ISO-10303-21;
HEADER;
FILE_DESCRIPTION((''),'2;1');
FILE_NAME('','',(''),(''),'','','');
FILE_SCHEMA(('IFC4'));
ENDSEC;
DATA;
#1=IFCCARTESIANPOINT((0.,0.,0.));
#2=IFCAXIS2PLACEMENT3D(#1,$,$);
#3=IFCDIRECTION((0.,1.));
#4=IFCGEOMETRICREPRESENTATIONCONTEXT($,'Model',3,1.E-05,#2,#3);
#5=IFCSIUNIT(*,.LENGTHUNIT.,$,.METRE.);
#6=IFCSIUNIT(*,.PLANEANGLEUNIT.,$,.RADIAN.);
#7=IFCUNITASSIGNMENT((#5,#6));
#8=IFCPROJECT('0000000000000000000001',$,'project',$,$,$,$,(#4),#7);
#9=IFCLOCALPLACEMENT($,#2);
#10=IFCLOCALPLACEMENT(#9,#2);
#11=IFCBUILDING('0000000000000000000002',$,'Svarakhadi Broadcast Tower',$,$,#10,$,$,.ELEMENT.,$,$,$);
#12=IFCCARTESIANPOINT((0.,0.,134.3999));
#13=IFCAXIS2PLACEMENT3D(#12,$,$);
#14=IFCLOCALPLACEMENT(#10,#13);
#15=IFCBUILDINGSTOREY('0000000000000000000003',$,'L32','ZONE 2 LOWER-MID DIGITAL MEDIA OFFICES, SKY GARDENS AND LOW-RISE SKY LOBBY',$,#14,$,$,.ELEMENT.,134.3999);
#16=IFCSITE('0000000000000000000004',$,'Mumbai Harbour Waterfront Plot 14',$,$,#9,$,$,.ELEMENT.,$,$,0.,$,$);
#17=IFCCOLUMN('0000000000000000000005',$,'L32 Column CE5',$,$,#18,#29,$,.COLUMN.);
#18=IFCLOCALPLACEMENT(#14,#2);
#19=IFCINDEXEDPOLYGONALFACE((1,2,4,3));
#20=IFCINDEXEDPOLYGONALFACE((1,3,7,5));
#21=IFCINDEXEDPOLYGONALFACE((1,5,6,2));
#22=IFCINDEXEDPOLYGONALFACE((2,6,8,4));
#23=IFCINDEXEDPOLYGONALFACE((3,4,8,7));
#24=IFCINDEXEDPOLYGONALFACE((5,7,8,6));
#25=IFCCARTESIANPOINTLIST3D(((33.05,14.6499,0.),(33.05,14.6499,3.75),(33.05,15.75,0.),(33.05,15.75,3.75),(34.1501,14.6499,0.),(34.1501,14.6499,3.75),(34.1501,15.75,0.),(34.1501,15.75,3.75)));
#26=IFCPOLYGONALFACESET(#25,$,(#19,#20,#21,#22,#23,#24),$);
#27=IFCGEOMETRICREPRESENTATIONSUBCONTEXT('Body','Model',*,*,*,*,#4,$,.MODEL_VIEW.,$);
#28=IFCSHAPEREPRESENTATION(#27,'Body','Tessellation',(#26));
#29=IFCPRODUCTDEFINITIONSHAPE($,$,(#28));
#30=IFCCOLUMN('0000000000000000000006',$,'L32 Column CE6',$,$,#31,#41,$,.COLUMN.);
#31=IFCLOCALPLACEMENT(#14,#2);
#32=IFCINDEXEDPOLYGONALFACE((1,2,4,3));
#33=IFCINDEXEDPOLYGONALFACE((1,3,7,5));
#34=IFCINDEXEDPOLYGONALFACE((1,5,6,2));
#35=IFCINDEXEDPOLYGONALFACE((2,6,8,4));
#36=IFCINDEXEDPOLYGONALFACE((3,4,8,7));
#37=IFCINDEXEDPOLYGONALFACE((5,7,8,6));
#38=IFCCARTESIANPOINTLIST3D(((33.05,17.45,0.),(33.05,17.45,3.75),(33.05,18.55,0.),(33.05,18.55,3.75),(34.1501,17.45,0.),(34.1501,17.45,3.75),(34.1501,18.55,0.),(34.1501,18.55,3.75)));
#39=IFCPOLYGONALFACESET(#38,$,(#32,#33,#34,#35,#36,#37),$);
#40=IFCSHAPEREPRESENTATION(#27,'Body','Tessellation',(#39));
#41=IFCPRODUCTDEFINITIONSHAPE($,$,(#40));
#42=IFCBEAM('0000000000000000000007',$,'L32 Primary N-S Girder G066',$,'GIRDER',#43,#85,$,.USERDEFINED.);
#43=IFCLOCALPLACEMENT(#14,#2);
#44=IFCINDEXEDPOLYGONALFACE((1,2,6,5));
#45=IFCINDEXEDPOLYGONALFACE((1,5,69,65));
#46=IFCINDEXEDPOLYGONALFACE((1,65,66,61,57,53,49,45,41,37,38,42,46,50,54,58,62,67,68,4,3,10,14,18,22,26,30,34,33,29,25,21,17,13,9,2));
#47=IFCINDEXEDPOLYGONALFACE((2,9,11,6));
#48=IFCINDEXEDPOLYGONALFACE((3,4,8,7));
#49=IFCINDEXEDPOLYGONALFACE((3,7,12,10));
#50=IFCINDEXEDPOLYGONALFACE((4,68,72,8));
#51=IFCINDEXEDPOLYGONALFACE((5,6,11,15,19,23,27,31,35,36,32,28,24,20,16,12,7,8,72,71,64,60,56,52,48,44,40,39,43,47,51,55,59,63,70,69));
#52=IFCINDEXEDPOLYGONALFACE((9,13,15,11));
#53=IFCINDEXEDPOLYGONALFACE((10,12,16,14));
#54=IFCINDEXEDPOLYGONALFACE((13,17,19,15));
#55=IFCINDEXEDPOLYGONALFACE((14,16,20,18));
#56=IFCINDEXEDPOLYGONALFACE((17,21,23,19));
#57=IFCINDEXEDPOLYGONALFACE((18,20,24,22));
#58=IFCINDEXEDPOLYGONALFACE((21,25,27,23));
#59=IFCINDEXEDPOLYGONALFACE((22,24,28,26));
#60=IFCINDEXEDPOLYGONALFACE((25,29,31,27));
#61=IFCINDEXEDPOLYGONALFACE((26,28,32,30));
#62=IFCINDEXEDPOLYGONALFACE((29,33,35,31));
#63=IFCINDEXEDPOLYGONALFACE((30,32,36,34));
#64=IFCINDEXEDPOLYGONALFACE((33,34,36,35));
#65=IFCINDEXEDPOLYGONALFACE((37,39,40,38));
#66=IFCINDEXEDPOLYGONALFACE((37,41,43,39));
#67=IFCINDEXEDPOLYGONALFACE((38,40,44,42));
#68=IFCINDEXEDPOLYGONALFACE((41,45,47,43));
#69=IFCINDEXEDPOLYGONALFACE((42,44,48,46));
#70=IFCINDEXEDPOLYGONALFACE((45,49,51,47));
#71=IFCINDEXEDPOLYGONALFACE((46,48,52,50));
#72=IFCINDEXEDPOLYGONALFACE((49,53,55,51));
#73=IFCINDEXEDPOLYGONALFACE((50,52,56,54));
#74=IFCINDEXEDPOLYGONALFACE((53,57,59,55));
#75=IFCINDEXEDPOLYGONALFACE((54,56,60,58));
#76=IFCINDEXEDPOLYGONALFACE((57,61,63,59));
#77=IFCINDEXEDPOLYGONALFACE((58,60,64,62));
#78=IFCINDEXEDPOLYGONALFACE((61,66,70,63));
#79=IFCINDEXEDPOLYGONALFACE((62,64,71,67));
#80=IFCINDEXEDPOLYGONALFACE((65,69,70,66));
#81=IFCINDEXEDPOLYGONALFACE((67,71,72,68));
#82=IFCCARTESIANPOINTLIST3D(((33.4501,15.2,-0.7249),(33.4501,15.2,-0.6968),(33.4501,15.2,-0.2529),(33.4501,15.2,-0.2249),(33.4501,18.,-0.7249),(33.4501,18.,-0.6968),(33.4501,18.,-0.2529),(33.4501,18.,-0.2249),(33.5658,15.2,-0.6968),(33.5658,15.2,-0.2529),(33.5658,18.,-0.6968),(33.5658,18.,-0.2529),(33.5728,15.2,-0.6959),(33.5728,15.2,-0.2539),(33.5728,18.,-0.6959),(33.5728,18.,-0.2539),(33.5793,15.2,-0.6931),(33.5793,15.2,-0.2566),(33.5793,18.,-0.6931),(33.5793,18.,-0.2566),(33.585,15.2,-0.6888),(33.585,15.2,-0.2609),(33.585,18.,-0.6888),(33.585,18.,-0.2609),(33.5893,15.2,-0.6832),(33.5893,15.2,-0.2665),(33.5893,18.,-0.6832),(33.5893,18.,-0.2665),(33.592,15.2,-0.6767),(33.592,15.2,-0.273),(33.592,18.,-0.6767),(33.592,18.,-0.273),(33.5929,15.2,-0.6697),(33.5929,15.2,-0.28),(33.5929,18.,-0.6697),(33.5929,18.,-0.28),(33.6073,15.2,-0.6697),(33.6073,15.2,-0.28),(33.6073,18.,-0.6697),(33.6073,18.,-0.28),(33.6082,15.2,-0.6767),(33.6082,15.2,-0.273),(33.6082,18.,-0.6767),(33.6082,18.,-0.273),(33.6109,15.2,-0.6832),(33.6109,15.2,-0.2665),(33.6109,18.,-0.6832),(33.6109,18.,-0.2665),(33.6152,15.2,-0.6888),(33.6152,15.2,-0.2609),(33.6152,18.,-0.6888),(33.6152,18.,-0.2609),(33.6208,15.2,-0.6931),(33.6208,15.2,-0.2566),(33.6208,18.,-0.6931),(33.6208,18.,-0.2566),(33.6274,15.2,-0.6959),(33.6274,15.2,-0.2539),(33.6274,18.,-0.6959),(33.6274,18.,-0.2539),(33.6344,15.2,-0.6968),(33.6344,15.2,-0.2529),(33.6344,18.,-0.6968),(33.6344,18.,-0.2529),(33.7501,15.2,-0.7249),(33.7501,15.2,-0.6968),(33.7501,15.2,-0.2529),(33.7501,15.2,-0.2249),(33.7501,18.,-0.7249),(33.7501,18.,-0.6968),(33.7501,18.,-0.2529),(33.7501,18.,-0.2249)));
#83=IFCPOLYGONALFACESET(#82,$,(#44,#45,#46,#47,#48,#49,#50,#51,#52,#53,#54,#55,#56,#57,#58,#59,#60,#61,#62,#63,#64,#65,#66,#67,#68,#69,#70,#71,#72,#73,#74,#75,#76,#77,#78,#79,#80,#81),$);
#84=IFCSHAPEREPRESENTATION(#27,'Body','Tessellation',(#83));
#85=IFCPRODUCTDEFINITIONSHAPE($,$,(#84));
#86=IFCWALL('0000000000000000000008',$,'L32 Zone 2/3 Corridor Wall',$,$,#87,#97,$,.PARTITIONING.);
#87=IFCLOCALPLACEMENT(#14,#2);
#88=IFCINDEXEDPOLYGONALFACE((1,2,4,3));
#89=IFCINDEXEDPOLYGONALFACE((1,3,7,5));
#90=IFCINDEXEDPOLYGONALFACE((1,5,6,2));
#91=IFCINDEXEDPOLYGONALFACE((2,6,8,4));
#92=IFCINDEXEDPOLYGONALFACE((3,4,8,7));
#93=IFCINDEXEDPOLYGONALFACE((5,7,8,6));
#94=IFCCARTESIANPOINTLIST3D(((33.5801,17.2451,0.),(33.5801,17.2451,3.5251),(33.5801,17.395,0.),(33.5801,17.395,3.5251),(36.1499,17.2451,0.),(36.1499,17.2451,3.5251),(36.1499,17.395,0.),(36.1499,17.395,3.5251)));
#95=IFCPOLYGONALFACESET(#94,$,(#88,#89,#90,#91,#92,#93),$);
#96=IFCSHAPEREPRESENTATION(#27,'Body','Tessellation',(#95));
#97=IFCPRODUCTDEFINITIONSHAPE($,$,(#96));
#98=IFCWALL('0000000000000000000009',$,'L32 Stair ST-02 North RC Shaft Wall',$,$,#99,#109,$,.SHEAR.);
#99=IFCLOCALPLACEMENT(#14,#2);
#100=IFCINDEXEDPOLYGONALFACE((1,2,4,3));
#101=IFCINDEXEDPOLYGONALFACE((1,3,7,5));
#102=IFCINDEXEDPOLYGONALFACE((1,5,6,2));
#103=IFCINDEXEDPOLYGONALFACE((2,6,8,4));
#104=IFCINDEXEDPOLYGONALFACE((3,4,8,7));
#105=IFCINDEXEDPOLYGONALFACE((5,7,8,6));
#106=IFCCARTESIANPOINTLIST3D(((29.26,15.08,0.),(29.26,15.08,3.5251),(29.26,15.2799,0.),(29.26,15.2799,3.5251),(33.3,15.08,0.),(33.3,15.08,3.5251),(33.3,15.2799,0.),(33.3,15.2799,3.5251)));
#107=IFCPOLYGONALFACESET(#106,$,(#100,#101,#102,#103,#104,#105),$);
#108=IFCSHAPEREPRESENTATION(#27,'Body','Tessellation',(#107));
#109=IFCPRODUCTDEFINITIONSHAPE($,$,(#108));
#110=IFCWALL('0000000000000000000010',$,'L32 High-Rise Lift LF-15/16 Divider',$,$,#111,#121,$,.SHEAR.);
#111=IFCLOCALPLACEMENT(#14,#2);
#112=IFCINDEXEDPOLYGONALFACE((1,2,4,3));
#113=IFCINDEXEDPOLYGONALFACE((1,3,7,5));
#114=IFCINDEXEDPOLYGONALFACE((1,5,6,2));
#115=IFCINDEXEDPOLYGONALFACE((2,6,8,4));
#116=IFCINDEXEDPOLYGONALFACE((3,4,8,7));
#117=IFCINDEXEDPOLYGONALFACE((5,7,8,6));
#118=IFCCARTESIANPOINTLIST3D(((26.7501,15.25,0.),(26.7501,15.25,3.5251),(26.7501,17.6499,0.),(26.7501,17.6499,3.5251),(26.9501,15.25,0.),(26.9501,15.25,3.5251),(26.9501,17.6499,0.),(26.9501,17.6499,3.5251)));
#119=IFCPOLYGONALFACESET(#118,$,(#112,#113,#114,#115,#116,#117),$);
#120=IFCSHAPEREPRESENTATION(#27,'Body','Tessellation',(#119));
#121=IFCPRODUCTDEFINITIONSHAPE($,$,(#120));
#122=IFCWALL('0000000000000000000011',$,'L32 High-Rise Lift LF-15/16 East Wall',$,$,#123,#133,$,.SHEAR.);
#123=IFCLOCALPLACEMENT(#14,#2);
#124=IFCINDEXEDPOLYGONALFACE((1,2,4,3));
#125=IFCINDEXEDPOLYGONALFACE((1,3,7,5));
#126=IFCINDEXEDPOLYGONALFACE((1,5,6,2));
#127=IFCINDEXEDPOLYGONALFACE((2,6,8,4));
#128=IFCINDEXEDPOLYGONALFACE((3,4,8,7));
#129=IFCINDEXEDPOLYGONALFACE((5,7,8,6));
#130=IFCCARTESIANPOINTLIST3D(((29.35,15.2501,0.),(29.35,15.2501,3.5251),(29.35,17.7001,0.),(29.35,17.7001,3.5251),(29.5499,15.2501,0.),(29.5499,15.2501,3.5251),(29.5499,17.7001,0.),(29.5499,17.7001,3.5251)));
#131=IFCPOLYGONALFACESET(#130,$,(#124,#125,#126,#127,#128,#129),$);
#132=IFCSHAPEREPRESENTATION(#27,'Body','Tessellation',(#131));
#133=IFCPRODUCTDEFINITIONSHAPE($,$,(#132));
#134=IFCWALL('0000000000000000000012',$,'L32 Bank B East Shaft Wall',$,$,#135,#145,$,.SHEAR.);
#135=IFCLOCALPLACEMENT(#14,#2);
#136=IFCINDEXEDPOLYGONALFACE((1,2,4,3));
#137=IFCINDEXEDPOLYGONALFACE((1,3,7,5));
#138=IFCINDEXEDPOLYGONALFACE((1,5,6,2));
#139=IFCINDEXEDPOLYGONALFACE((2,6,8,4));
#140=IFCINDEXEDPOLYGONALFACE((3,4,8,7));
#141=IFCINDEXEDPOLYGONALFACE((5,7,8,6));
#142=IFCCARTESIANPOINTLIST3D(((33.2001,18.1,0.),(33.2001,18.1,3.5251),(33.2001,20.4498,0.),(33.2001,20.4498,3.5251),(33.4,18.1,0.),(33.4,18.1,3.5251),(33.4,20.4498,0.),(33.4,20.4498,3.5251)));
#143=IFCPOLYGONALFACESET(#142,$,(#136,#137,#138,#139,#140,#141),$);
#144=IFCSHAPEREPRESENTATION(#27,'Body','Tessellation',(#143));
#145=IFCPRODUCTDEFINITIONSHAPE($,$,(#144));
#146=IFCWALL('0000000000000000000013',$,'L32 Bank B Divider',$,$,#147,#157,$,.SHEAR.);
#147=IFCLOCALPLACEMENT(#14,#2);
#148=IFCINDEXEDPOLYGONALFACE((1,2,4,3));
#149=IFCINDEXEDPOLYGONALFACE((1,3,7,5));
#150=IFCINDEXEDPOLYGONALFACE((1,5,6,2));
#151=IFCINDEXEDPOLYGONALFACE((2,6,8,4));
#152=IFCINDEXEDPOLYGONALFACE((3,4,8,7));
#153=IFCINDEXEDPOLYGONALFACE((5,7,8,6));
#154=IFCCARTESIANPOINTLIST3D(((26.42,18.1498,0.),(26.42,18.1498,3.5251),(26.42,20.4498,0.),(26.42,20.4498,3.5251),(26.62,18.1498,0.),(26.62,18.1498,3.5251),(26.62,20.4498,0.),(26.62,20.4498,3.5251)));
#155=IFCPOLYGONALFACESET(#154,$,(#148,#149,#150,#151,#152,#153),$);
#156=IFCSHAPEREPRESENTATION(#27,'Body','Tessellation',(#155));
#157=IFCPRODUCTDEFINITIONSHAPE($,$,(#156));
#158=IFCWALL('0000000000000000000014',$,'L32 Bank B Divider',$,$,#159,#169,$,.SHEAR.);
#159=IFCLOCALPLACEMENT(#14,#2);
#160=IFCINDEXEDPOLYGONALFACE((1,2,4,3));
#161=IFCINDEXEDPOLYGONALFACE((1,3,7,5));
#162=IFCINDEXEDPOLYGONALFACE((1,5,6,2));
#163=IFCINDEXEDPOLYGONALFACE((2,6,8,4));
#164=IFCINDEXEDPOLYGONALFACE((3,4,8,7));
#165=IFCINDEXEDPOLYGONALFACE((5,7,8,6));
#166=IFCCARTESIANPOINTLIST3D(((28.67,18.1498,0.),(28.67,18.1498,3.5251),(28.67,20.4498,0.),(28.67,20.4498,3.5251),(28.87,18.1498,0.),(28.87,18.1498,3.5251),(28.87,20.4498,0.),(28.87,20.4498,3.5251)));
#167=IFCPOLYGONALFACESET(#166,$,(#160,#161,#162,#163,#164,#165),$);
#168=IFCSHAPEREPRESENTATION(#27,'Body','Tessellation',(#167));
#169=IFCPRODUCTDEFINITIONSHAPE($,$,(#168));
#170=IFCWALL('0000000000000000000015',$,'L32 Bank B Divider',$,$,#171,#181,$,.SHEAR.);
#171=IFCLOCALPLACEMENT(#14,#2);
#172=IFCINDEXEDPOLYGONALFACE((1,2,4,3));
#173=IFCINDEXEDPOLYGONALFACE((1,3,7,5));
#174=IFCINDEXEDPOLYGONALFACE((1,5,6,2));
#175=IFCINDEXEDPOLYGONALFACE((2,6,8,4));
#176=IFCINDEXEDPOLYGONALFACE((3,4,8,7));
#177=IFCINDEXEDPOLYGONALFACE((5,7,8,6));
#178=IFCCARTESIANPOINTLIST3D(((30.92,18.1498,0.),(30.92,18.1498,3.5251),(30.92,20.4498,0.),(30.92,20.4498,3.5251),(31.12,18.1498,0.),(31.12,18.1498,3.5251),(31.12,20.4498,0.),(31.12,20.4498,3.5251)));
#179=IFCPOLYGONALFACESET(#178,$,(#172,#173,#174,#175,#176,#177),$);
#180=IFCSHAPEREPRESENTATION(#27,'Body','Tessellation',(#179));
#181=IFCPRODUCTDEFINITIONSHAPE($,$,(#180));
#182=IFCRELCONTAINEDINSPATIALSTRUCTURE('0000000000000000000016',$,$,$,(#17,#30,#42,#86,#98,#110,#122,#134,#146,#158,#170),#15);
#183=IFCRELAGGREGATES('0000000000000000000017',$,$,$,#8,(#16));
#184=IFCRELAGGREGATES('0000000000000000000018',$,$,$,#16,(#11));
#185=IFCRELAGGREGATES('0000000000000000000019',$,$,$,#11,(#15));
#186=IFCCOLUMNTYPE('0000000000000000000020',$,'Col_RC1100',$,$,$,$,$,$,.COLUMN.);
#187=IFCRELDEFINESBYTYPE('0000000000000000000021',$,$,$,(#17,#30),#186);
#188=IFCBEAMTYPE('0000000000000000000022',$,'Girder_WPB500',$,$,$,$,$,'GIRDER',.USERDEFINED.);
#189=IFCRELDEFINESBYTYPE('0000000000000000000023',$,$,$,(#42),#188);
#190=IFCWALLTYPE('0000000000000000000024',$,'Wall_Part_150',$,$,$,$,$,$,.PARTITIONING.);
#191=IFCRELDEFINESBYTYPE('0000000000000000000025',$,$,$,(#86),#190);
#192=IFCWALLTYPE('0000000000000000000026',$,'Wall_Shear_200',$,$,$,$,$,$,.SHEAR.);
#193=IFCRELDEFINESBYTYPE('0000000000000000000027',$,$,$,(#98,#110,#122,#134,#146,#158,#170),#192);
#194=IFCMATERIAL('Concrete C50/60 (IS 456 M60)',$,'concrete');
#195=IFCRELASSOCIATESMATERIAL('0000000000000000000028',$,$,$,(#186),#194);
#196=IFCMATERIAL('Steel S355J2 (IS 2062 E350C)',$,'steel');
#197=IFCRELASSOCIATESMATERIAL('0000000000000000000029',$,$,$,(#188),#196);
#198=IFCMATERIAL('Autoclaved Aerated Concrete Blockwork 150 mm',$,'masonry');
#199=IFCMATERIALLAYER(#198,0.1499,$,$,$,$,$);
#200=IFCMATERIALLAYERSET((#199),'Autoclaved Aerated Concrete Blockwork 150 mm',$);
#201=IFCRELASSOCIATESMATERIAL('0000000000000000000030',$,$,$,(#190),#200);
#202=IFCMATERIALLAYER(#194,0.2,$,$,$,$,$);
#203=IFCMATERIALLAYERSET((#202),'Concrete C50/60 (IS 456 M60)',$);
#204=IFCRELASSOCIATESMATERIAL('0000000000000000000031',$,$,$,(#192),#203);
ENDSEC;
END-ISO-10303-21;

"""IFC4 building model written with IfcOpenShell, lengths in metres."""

from ifc_helpers import new_model, si_unit, direction, frame, frame_2d, origin, origin_2d, place, context, subcontext, project, spatial, rectangle, i_section, extrude, material, layer, layer_set, material_profile, profile_set, type_object, element, save


model = new_model("IFC4")

# Units and contexts
model_context = context("Model", 3, precision=1e-05, world=origin(), true_north=direction((0.0, 1.0)))
body_context = subcontext(model_context, "Body", "Model", "MODEL_VIEW")
ifc_project = project(units=[si_unit("LENGTHUNIT", "METRE"), si_unit("PLANEANGLEUNIT", "RADIAN")], contexts=[model_context])

# Site, building, storey
site_placement = place(None, origin())
site = spatial("IfcSite", under=ifc_project, at=site_placement, Name="Mumbai Harbour Waterfront Plot 14", CompositionType="ELEMENT", RefElevation=0.0)
building_placement = place(site_placement, origin())
building = spatial("IfcBuilding", under=site, at=building_placement, Name="Svarakhadi Broadcast Tower", CompositionType="ELEMENT")
storey_placement = place(building_placement, frame((0.0, 0.0, 134.3999)))
storey = spatial("IfcBuildingStorey", under=building, at=storey_placement, Name="L32", Description="ZONE 2 LOWER-MID DIGITAL MEDIA OFFICES, SKY GARDENS AND LOW-RISE SKY LOBBY", CompositionType="ELEMENT", Elevation=134.3999)

# Columns
ifc_material_1 = material(Name="Concrete C50/60 (IS 456 M60)", Category="concrete")
ifc_material_profile_1 = material_profile(ifc_material_1, rectangle(XDim=1.1001, YDim=1.1001, at=origin_2d()), Name="RC 1100x1100")
ifc_profile_set_1 = profile_set([ifc_material_profile_1], Name="Concrete C50/60 (IS 456 M60)")
column_type = type_object("IfcColumnType", Name="Col_RC1100", PredefinedType="COLUMN", material=ifc_profile_set_1)
for number, where, z_axis, x_axis, name in (
    (1, (33.6001, 15.2, 0.0), (0.0, 0.0, 1.0), (1.0, 0.0, 0.0), "L32 Column CE5"),
    (2, (33.6001, 18.0, 0.0), (0.0, 0.0, 1.0), (1.0, 0.0, 0.0), "L32 Column CE6"),
):
    element("IfcColumn", number, at=place(storey_placement, frame(where, z_axis=z_axis, x_axis=x_axis)), inside=storey, type_object=column_type, Name=name, PredefinedType="COLUMN", context=body_context, shape_type="SweptSolid", body=[
        extrude(rectangle(XDim=1.1001, YDim=1.1001, at=origin_2d()), origin(), (0.0, 0.0, 1.0), 3.75),
    ])

# Beam
ifc_material_2 = material(Name="Steel S355J2 (IS 2062 E350C)", Category="steel")
ifc_material_profile_2 = material_profile(ifc_material_2, i_section(OverallWidth=0.3, OverallDepth=0.5, WebThickness=0.0144, FlangeThickness=0.0281, FilletRadius=0.0271, at=origin_2d()), Name="WPB 500x300x187")
ifc_profile_set_2 = profile_set([ifc_material_profile_2], Name="Steel S355J2 (IS 2062 E350C)")
beam_type = type_object("IfcBeamType", Name="Girder_WPB500", ElementType="GIRDER", PredefinedType="USERDEFINED", material=ifc_profile_set_2)
beam_placement = place(storey_placement, frame((33.6001, 15.2, -0.4749), z_axis=(0.0, 1.0, 0.0), x_axis=(-1.0, 0.0, 0.0)))
element("IfcBeam", 3, at=beam_placement, inside=storey, type_object=beam_type, Name="L32 Primary N-S Girder G066", ObjectType="GIRDER", PredefinedType="USERDEFINED", context=body_context, shape_type="SweptSolid", body=[
    extrude(i_section(OverallWidth=0.3, OverallDepth=0.5, WebThickness=0.0144, FlangeThickness=0.0281, FilletRadius=0.0271, at=origin_2d()), origin(), (0.0, 0.0, 1.0), 2.8),
])

# Walls
ifc_material_3 = material(Name="Autoclaved Aerated Concrete Blockwork 150 mm", Category="masonry")
ifc_layer_1 = layer(ifc_material_3, 0.1499)
ifc_layer_set_1 = layer_set([ifc_layer_1], Name="Autoclaved Aerated Concrete Blockwork 150 mm")
wall_type_1 = type_object("IfcWallType", Name="Wall_Part_150", PredefinedType="PARTITIONING", material=ifc_layer_set_1)
wall_1_placement = place(storey_placement, frame((33.5801, 17.3201, 0.0), z_axis=(0.0, 0.0, 1.0), x_axis=(1.0, 0.0, 0.0)))
element("IfcWall", 4, at=wall_1_placement, inside=storey, type_object=wall_type_1, Name="L32 Zone 2/3 Corridor Wall", PredefinedType="PARTITIONING", context=body_context, shape_type="SweptSolid", body=[
    extrude(rectangle(XDim=2.5698, YDim=0.1499, at=frame_2d((1.2849, 0.0))), origin(), (0.0, 0.0, 1.0), 3.5251),
])
ifc_layer_2 = layer(ifc_material_1, 0.2)
ifc_layer_set_2 = layer_set([ifc_layer_2], Name="Concrete C50/60 (IS 456 M60)")
wall_type_2 = type_object("IfcWallType", Name="Wall_Shear_200", PredefinedType="SHEAR", material=ifc_layer_set_2)
wall_2_placement = place(storey_placement, frame((29.26, 15.1799, 0.0), z_axis=(0.0, 0.0, 1.0), x_axis=(1.0, 0.0, 0.0)))
element("IfcWall", 5, at=wall_2_placement, inside=storey, type_object=wall_type_2, Name="L32 Stair ST-02 North RC Shaft Wall", PredefinedType="SHEAR", context=body_context, shape_type="SweptSolid", body=[
    extrude(rectangle(XDim=4.04, YDim=0.2, at=frame_2d((2.02, 0.0))), origin(), (0.0, 0.0, 1.0), 3.5251),
])
wall_3_placement = place(storey_placement, frame((26.8501, 15.25, 0.0), z_axis=(0.0, 0.0, 1.0), x_axis=(0.0, 1.0, 0.0)))
element("IfcWall", 6, at=wall_3_placement, inside=storey, type_object=wall_type_2, Name="L32 High-Rise Lift LF-15/16 Divider", PredefinedType="SHEAR", context=body_context, shape_type="SweptSolid", body=[
    extrude(rectangle(XDim=2.3999, YDim=0.2, at=frame_2d((1.2, 0.0))), origin(), (0.0, 0.0, 1.0), 3.5251),
])
wall_4_placement = place(storey_placement, frame((29.45, 15.25, 0.0), z_axis=(0.0, 0.0, 1.0), x_axis=(0.0, 1.0, 0.0)))
element("IfcWall", 7, at=wall_4_placement, inside=storey, type_object=wall_type_2, Name="L32 High-Rise Lift LF-15/16 East Wall", PredefinedType="SHEAR", context=body_context, shape_type="SweptSolid", body=[
    extrude(rectangle(XDim=2.45, YDim=0.2, at=frame_2d((1.2251, 0.0))), origin(), (0.0, 0.0, 1.0), 3.5251),
])
wall_5_placement = place(storey_placement, frame((33.3, 18.1001, 0.0), z_axis=(0.0, 0.0, 1.0), x_axis=(0.0, 1.0, 0.0)))
element("IfcWall", 8, at=wall_5_placement, inside=storey, type_object=wall_type_2, Name="L32 Bank B East Shaft Wall", PredefinedType="SHEAR", context=body_context, shape_type="SweptSolid", body=[
    extrude(rectangle(XDim=2.3499, YDim=0.2, at=frame_2d((1.1748, 0.0))), origin(), (0.0, 0.0, 1.0), 3.5251),
])
for number, where, z_axis, x_axis, name in (
    (9, (26.52, 18.1499, 0.0), (0.0, 0.0, 1.0), (0.0, 1.0, 0.0), "L32 Bank B Divider"),
    (10, (28.77, 18.1499, 0.0), (0.0, 0.0, 1.0), (0.0, 1.0, 0.0), "L32 Bank B Divider"),
    (11, (31.02, 18.1499, 0.0), (0.0, 0.0, 1.0), (0.0, 1.0, 0.0), "L32 Bank B Divider"),
):
    element("IfcWall", number, at=place(storey_placement, frame(where, z_axis=z_axis, x_axis=x_axis)), inside=storey, type_object=wall_type_2, Name=name, PredefinedType="SHEAR", context=body_context, shape_type="SweptSolid", body=[
        extrude(rectangle(XDim=2.3, YDim=0.2, at=frame_2d((1.1499, 0.0))), origin(), (0.0, 0.0, 1.0), 3.5251),
    ])

save(model, "model.ifc")
